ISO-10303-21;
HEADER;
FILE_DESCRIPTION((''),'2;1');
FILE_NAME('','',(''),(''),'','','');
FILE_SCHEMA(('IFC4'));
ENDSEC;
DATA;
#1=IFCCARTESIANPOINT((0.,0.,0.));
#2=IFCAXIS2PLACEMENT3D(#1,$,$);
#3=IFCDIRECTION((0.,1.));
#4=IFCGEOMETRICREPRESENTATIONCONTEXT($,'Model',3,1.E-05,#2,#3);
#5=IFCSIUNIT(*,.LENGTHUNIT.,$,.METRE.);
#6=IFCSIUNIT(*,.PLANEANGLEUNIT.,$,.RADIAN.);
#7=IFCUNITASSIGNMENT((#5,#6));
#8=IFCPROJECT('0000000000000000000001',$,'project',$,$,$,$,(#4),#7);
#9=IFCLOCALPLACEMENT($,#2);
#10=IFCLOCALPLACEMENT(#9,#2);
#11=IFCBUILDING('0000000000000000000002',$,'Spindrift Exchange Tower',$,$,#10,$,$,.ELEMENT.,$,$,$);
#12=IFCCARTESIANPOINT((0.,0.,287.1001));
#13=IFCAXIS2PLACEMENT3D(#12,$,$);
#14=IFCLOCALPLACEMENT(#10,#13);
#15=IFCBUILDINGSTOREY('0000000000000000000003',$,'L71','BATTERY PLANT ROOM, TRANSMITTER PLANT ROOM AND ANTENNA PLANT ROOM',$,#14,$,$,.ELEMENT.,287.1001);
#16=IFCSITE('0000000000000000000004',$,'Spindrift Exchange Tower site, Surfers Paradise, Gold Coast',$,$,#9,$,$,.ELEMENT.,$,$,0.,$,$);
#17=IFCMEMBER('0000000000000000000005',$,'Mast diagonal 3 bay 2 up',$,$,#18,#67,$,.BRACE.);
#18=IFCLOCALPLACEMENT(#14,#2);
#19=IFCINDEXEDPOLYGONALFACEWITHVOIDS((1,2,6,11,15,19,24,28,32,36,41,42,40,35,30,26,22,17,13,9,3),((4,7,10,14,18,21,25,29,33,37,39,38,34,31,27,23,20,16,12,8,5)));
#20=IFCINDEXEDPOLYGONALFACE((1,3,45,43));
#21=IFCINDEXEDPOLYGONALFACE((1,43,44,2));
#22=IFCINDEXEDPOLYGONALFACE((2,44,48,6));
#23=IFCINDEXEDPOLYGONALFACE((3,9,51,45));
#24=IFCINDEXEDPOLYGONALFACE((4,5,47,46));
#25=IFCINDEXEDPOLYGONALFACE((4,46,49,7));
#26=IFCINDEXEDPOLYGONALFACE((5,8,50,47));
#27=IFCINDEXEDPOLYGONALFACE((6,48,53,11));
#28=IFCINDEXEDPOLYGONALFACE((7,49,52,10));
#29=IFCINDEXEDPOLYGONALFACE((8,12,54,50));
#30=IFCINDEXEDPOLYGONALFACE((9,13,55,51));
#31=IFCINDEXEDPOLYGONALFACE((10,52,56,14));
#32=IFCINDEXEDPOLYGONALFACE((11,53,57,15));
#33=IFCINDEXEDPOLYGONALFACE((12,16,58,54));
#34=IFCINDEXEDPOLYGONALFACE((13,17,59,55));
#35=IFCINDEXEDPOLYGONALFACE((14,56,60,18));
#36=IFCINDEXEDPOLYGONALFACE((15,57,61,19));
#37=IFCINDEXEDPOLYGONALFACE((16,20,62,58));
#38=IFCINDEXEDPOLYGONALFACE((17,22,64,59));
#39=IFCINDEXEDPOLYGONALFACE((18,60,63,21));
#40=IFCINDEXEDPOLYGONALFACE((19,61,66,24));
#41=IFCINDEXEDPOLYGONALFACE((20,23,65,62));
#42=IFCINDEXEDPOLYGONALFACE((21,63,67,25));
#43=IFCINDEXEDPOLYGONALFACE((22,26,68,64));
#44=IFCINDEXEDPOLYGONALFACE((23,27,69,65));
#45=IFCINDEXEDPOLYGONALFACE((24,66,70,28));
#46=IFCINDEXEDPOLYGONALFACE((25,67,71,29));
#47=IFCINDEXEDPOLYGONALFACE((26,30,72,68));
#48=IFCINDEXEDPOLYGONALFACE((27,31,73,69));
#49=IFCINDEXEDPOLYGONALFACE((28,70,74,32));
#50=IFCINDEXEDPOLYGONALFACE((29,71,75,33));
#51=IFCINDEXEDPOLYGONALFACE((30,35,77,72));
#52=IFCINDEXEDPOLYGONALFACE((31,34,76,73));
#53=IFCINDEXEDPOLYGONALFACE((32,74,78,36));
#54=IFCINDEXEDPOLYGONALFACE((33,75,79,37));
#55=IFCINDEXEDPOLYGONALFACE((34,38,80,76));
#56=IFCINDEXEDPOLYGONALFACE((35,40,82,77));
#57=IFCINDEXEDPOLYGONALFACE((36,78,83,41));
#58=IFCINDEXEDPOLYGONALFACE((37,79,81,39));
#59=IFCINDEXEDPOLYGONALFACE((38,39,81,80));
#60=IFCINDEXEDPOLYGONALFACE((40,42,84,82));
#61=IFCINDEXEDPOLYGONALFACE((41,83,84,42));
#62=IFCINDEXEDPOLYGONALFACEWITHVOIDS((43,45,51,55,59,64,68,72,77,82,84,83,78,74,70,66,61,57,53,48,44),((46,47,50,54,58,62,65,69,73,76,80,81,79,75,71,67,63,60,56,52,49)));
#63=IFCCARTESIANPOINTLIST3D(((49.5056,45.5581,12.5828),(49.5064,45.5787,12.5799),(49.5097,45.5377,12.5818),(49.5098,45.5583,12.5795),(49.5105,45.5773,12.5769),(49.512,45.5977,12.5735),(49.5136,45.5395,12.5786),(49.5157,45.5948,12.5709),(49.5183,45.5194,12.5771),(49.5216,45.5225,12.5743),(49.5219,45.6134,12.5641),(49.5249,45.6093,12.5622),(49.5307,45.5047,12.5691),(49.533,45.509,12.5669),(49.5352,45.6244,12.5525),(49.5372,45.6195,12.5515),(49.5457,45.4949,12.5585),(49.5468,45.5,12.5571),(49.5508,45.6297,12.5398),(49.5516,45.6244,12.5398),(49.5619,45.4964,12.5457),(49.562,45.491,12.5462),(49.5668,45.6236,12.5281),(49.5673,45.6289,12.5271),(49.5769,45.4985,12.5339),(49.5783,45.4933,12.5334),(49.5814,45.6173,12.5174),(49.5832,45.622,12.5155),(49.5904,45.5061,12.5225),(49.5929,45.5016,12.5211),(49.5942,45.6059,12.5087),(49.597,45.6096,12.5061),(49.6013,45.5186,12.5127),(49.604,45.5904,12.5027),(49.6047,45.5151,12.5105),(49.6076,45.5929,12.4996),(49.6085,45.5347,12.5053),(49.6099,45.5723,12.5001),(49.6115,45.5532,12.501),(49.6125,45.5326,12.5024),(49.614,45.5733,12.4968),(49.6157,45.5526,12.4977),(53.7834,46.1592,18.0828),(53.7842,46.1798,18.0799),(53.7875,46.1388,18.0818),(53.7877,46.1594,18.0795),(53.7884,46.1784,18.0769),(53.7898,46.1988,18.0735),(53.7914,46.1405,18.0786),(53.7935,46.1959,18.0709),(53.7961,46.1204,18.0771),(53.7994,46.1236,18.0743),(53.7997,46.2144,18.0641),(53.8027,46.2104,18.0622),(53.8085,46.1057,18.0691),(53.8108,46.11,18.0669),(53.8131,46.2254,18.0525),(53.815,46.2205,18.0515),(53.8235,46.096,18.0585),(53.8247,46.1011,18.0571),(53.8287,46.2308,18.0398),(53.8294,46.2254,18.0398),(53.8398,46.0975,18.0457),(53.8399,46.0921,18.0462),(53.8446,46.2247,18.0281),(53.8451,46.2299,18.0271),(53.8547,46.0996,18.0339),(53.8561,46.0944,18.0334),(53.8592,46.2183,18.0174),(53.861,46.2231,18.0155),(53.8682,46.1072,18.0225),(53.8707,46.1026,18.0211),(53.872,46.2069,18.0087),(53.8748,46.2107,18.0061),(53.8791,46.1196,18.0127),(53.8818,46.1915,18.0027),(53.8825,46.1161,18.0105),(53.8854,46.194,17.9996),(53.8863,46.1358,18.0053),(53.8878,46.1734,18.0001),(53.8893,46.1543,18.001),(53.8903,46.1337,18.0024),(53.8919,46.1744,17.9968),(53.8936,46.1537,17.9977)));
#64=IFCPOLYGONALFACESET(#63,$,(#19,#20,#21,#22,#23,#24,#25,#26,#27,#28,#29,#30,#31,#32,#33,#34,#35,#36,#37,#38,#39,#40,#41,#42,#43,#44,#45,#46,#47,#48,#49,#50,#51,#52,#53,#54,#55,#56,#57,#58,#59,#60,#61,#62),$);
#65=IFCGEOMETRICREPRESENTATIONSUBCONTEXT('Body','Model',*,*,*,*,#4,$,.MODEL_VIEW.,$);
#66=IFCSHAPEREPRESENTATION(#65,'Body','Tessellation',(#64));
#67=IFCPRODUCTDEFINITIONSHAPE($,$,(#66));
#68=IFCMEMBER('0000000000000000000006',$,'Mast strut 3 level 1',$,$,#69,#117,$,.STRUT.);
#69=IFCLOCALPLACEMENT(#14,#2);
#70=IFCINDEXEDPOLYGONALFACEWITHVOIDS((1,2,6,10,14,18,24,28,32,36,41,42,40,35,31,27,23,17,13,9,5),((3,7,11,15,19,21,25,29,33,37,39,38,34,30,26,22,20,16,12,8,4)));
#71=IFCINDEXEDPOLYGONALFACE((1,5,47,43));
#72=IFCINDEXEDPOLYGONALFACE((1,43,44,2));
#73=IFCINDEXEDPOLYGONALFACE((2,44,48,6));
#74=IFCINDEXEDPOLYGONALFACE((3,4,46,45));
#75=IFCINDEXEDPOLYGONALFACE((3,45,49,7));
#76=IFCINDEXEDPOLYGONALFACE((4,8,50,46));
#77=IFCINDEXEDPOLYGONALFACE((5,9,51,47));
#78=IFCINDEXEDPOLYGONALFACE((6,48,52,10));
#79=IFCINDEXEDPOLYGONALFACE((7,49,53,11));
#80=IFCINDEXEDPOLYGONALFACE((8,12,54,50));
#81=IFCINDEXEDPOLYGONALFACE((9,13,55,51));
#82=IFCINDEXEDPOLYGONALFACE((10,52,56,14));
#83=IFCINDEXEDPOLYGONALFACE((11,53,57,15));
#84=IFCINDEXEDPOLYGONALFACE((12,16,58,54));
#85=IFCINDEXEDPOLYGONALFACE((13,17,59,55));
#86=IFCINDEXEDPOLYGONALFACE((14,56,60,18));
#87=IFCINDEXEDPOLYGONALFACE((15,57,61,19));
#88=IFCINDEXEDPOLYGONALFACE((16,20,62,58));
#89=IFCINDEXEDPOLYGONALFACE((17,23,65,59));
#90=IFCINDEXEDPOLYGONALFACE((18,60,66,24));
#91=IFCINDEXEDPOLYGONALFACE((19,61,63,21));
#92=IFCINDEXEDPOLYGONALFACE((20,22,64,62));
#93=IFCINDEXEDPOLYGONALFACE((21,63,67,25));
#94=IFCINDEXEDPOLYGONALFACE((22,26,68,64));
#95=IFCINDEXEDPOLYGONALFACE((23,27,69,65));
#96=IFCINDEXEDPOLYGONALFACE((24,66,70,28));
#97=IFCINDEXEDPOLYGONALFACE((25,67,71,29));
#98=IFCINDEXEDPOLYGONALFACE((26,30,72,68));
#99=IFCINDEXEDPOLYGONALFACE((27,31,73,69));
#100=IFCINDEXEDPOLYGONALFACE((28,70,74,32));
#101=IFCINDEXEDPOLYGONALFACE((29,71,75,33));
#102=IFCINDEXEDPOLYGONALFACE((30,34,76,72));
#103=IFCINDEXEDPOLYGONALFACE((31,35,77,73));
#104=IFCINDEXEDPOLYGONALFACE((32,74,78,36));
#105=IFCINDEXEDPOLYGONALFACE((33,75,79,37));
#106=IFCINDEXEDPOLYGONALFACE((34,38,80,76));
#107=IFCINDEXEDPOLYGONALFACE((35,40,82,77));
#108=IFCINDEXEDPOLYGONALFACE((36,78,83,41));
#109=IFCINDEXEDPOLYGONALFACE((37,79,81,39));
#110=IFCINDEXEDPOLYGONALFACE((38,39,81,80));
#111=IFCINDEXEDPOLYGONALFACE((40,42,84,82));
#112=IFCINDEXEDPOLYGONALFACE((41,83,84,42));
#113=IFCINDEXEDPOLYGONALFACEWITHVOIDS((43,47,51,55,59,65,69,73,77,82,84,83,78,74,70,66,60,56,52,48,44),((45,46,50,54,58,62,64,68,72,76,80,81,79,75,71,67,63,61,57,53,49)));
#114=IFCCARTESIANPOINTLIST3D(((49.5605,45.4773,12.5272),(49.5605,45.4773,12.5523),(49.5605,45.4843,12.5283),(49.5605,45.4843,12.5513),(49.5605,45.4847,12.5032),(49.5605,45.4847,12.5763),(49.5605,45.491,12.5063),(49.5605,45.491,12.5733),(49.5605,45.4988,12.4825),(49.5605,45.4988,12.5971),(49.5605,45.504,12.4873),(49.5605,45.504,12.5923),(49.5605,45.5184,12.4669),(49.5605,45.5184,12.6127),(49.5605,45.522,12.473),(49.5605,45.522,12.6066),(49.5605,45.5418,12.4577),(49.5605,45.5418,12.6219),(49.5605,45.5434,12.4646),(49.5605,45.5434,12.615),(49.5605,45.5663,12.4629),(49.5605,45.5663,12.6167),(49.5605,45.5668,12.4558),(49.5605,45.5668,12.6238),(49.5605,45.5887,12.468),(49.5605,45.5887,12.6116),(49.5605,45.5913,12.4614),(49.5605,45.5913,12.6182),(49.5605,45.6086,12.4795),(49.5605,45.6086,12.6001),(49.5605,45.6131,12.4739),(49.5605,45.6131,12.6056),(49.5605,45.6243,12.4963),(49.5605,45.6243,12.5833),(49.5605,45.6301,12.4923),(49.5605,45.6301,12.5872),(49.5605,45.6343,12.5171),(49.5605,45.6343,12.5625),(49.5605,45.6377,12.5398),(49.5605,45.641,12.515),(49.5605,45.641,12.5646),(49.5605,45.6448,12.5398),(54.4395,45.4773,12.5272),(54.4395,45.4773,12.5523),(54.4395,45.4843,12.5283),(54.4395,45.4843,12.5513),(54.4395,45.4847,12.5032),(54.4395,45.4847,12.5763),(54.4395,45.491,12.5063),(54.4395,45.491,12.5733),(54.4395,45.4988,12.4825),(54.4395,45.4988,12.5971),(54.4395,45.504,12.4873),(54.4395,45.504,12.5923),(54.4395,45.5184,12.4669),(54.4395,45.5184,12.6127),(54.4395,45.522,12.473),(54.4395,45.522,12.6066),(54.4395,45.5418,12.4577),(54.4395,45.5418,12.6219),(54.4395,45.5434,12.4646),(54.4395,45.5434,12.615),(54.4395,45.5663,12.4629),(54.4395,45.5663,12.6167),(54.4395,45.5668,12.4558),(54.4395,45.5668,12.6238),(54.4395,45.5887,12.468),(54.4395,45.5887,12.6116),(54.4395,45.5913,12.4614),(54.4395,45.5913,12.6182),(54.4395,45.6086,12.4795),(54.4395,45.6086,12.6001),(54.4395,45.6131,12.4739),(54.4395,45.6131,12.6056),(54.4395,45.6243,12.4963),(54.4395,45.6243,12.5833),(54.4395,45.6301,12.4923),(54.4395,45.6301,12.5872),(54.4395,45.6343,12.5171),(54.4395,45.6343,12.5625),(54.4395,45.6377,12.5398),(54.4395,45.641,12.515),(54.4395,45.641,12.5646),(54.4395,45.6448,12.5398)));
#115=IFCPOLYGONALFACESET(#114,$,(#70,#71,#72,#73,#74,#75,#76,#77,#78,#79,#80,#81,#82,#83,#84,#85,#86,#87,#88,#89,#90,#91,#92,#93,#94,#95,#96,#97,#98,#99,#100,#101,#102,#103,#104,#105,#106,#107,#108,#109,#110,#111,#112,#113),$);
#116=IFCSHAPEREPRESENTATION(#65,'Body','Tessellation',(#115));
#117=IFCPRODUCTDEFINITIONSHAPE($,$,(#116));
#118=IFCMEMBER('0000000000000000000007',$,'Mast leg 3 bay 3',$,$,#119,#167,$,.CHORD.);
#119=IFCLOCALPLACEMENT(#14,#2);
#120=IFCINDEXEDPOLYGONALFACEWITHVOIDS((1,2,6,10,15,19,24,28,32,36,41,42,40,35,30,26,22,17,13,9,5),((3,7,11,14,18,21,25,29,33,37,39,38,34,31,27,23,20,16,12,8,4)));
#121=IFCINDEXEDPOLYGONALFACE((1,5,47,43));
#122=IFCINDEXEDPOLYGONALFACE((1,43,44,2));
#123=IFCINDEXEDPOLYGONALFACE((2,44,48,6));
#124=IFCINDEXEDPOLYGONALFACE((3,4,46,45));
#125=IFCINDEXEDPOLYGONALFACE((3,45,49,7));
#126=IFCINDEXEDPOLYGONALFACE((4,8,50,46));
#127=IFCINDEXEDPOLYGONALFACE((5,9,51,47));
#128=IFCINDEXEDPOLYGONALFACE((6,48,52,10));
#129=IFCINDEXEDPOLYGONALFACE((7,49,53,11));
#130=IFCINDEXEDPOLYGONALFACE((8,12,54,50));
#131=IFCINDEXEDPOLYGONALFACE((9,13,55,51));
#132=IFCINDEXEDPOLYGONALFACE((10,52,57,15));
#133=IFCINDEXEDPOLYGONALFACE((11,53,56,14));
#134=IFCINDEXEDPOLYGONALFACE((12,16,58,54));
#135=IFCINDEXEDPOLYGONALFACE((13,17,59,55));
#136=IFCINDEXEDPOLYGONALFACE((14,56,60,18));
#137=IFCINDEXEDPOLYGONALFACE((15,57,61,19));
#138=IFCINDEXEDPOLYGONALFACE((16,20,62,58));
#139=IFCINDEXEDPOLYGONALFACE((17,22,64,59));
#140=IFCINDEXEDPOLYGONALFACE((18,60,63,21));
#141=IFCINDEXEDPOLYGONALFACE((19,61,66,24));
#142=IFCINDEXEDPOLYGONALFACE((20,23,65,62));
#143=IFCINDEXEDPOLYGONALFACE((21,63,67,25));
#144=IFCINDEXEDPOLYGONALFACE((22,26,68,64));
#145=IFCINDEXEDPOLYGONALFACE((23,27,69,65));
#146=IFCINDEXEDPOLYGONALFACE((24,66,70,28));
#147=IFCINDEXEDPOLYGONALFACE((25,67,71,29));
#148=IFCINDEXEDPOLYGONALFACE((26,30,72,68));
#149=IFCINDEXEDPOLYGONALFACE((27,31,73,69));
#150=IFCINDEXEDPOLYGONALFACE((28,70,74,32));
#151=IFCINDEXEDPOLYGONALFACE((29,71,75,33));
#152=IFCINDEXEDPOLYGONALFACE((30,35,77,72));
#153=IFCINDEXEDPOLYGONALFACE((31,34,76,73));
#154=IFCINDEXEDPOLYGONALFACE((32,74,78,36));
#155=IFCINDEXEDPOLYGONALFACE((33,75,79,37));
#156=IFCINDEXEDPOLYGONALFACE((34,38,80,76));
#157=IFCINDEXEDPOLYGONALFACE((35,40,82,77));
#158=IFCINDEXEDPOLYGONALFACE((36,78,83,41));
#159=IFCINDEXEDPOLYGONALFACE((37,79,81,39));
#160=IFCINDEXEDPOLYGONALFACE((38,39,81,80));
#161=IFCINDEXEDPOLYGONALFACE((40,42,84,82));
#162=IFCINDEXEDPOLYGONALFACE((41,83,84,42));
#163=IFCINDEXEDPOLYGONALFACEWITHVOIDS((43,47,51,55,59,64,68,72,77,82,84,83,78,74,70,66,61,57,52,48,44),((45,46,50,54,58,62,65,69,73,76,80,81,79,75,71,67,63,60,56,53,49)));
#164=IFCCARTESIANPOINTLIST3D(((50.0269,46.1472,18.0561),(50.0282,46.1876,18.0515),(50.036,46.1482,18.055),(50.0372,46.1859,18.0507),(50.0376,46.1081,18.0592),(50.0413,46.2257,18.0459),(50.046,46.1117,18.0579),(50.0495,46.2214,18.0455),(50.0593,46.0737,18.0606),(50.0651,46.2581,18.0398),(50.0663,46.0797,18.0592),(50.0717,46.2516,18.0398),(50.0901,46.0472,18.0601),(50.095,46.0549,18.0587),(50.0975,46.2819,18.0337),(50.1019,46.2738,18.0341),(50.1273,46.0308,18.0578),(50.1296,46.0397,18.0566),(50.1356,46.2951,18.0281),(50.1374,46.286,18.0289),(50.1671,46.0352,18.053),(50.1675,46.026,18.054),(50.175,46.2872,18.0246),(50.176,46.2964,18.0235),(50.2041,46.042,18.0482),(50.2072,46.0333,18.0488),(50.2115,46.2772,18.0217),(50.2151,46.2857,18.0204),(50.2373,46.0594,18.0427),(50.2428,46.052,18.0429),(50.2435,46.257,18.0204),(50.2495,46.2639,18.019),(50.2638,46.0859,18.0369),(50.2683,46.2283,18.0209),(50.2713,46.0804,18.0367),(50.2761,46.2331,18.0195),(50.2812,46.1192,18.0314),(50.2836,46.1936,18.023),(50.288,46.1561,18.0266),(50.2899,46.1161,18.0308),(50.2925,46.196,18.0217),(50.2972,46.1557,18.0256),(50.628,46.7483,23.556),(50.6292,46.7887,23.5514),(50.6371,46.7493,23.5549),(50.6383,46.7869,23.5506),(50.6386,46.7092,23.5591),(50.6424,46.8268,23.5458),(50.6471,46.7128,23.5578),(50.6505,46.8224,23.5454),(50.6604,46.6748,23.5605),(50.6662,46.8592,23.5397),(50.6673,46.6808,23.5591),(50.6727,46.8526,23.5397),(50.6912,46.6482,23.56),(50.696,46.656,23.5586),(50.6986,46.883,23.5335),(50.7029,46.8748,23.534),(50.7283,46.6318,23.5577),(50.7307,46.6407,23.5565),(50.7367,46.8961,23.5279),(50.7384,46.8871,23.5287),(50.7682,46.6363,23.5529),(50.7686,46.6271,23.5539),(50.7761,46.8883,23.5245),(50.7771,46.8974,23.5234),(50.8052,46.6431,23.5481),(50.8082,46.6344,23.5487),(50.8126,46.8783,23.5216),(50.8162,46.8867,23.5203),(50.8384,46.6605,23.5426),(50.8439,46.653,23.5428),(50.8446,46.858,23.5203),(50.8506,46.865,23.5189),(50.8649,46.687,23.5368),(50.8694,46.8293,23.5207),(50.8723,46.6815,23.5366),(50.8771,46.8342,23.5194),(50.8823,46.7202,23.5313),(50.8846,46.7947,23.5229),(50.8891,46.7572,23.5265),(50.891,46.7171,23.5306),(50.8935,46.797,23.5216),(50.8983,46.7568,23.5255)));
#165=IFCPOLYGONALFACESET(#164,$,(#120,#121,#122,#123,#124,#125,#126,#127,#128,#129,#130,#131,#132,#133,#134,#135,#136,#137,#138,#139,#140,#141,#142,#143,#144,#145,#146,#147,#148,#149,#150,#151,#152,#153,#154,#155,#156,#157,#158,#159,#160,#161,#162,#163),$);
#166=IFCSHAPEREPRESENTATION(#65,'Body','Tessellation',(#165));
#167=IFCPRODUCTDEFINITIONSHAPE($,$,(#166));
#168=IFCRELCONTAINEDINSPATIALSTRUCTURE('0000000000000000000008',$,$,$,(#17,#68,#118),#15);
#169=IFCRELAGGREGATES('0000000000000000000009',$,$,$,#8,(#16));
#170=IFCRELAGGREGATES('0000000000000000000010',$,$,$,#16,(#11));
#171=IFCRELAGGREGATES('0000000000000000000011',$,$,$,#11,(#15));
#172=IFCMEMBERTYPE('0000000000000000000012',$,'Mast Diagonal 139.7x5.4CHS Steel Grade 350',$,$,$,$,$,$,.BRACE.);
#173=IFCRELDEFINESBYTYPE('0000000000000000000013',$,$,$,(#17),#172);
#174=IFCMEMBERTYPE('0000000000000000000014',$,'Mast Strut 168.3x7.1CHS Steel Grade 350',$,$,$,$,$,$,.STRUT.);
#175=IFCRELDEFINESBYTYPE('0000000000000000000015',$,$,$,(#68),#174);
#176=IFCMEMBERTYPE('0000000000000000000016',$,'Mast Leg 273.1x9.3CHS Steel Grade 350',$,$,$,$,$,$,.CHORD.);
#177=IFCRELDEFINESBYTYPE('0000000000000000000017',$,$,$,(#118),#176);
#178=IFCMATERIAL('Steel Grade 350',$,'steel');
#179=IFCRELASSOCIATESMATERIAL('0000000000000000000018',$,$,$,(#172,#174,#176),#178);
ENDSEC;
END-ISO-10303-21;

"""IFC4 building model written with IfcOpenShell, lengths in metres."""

from ifc_helpers import new_model, si_unit, direction, frame, origin, origin_2d, place, context, subcontext, project, spatial, hollow_circle, extrude, source, transform, mapped, material, material_profile, profile_set, type_object, element, save


model = new_model("IFC4")

# Units and contexts
model_context = context("Model", 3, precision=1e-05, world=origin(), true_north=direction((0.0, 1.0)))
body_context = subcontext(model_context, "Body", "Model", "MODEL_VIEW")
ifc_project = project(units=[si_unit("LENGTHUNIT", "METRE"), si_unit("PLANEANGLEUNIT", "RADIAN")], contexts=[model_context])

# Site, building, storey
site_placement = place(None, origin())
site = spatial("IfcSite", under=ifc_project, at=site_placement, Name="Spindrift Exchange Tower site, Surfers Paradise, Gold Coast", CompositionType="ELEMENT", RefElevation=0.0)
building_placement = place(site_placement, origin())
building = spatial("IfcBuilding", under=site, at=building_placement, Name="Spindrift Exchange Tower", CompositionType="ELEMENT")
storey_placement = place(building_placement, frame((0.0, 0.0, 287.1001)))
storey = spatial("IfcBuildingStorey", under=building, at=storey_placement, Name="L71", Description="BATTERY PLANT ROOM, TRANSMITTER PLANT ROOM AND ANTENNA PLANT ROOM", CompositionType="ELEMENT", Elevation=287.1001)

# Members
ifc_material_1 = material(Name="Steel Grade 350", Category="steel")
ifc_material_profile_1 = material_profile(ifc_material_1, hollow_circle(Radius=0.0698, WallThickness=0.0054, at=origin_2d()), Name="139.7x5.4CHS")
ifc_profile_set_1 = profile_set([ifc_material_profile_1], Name="Steel Grade 350")
member_type_1 = type_object("IfcMemberType", Name="Mast Diagonal 139.7x5.4CHS Steel Grade 350", PredefinedType="BRACE", material=ifc_profile_set_1)
shared_shape_1 = source(origin(), body_context, "Body", "SweptSolid", [
    extrude(hollow_circle(Radius=0.0698, WallThickness=0.0054, at=origin_2d()), origin(), (0.0, 0.0, 1.0), 6.9937),
])
for number, where, z_axis, x_axis, name in (
    (1, (49.5605, 45.5605, 12.5398), (0.611674, 0.085946, 0.786428), (-0.139142, 0.990272, 0.0), "Mast diagonal 3 bay 2 up"),
):
    element("IfcMember", number, at=place(storey_placement, frame(where, z_axis=z_axis, x_axis=x_axis)), inside=storey, type_object=member_type_1, Name=name, PredefinedType="BRACE", context=body_context, shape_type="MappedRepresentation", body=[
        mapped(shared_shape_1, transform((0.0, 0.0, 0.0), scale=1.0)),
    ])
ifc_material_profile_2 = material_profile(ifc_material_1, hollow_circle(Radius=0.0842, WallThickness=0.0071, at=origin_2d()), Name="168.3x7.1CHS")
ifc_profile_set_2 = profile_set([ifc_material_profile_2], Name="Steel Grade 350")
member_type_2 = type_object("IfcMemberType", Name="Mast Strut 168.3x7.1CHS Steel Grade 350", PredefinedType="STRUT", material=ifc_profile_set_2)
shared_shape_2 = source(origin(), body_context, "Body", "SweptSolid", [
    extrude(hollow_circle(Radius=0.0842, WallThickness=0.0071, at=origin_2d()), origin(), (0.0, 0.0, 1.0), 4.8789),
])
member_1_placement = place(storey_placement, frame((49.5605, 45.5605, 12.5398), z_axis=(1.0, 0.0, 0.0), x_axis=(0.0, 1.0, 0.0)))
element("IfcMember", 2, at=member_1_placement, inside=storey, type_object=member_type_2, Name="Mast strut 3 level 1", PredefinedType="STRUT", context=body_context, shape_type="MappedRepresentation", body=[
    mapped(shared_shape_2, transform((0.0, 0.0, 0.0), scale=1.0)),
])
ifc_material_profile_3 = material_profile(ifc_material_1, hollow_circle(Radius=0.1365, WallThickness=0.0093, at=origin_2d()), Name="273.1x9.3CHS")
ifc_profile_set_3 = profile_set([ifc_material_profile_3], Name="Steel Grade 350")
member_type_3 = type_object("IfcMemberType", Name="Mast Leg 273.1x9.3CHS Steel Grade 350", PredefinedType="CHORD", material=ifc_profile_set_3)
shared_shape_3 = source(origin(), body_context, "Body", "SweptSolid", [
    extrude(hollow_circle(Radius=0.1365, WallThickness=0.0093, at=origin_2d()), origin(), (0.0, 0.0, 1.0), 5.5652),
])
for number, where, z_axis, x_axis, name in (
    (3, (50.1616, 46.1616, 18.0398), (0.108004, 0.108004, 0.988266), (-0.707107, 0.707107, 0.0), "Mast leg 3 bay 3"),
):
    element("IfcMember", number, at=place(storey_placement, frame(where, z_axis=z_axis, x_axis=x_axis)), inside=storey, type_object=member_type_3, Name=name, PredefinedType="CHORD", context=body_context, shape_type="MappedRepresentation", body=[
        mapped(shared_shape_3, transform((0.0, 0.0, 0.0), scale=1.0)),
    ])

save(model, "model.ifc")
